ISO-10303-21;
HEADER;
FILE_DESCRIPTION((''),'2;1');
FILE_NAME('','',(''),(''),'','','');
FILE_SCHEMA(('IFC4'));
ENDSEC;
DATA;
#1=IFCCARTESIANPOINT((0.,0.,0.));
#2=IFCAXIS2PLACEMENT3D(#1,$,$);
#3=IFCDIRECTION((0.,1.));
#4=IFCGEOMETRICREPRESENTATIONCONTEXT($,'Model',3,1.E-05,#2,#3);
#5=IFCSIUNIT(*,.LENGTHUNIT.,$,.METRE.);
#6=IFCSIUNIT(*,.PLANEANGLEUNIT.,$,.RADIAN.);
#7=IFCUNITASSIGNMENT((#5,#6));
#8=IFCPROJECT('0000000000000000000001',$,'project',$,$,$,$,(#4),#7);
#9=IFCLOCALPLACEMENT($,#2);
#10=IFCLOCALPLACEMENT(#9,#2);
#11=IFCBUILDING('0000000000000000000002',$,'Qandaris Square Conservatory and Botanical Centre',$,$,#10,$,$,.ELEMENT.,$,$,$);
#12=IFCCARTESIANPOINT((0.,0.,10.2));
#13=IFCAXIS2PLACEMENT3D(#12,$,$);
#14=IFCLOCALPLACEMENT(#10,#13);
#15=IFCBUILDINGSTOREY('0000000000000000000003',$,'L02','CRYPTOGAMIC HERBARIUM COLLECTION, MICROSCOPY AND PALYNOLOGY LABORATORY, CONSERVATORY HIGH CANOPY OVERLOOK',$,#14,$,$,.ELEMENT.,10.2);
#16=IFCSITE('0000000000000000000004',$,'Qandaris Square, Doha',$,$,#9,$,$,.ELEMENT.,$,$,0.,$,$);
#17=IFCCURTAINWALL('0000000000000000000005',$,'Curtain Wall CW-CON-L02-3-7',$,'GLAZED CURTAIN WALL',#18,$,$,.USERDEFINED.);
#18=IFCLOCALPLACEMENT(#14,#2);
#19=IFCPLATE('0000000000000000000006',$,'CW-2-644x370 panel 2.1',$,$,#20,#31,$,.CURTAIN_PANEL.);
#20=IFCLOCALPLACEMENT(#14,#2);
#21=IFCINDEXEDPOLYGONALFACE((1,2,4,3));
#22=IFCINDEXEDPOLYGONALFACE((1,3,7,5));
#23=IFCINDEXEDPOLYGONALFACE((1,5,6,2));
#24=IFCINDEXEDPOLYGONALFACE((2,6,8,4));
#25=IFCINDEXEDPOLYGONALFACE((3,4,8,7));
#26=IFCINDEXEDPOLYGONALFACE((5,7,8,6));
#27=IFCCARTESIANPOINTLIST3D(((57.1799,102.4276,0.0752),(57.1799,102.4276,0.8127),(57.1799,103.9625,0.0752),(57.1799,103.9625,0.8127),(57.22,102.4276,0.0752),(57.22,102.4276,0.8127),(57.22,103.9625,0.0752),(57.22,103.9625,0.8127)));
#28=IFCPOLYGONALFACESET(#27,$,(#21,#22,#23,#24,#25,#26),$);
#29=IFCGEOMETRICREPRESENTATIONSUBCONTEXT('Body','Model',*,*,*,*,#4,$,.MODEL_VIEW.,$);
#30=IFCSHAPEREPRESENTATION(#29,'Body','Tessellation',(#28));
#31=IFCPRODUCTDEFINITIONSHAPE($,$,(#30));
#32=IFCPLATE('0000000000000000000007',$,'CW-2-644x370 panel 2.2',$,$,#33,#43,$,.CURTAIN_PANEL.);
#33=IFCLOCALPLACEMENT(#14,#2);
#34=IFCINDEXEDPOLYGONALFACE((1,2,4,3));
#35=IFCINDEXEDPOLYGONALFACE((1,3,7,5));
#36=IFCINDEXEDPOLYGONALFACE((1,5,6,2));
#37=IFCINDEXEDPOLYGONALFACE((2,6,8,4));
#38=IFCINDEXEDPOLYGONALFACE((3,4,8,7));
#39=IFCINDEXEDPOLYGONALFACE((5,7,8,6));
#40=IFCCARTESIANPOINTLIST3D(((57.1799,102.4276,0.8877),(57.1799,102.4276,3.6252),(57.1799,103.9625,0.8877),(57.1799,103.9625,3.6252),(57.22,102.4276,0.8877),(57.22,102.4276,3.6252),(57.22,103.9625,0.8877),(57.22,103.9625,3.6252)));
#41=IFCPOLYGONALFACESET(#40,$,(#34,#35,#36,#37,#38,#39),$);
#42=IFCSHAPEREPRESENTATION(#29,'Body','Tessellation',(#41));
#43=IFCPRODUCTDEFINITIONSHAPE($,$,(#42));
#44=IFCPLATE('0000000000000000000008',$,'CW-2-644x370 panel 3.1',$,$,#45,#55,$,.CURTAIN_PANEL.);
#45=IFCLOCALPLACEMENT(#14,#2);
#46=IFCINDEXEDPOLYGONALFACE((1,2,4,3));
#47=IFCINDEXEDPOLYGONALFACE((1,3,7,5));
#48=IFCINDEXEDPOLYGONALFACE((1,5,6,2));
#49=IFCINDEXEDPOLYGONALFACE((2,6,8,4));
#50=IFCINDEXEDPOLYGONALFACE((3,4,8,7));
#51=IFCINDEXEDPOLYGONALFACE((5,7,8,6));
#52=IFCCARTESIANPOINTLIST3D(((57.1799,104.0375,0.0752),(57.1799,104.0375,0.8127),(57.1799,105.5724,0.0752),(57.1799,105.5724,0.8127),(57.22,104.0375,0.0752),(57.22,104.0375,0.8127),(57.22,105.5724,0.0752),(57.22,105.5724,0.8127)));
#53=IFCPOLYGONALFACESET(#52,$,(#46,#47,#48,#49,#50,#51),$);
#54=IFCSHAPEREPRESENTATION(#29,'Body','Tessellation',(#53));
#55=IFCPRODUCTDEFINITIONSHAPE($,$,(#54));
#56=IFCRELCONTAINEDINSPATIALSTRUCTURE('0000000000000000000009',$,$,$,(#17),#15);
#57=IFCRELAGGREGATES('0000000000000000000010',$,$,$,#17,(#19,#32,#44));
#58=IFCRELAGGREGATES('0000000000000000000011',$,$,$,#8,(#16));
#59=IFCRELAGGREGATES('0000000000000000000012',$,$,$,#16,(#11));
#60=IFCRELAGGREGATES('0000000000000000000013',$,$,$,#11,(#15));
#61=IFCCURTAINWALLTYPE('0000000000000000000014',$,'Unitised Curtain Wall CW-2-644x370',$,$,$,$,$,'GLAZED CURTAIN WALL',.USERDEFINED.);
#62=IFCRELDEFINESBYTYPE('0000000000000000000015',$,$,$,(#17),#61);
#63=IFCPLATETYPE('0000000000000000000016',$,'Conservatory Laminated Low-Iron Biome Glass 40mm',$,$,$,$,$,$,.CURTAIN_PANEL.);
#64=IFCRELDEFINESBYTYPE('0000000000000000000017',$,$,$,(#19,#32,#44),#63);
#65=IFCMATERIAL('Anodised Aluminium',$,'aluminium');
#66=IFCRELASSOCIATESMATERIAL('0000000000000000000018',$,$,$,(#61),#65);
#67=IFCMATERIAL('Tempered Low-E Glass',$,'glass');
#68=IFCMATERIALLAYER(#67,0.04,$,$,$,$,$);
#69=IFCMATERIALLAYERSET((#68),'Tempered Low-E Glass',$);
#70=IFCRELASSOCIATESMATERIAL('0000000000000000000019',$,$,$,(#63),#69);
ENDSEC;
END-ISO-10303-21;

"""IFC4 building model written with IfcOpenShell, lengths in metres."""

from ifc_helpers import new_model, si_unit, direction, frame, origin, origin_2d, place, context, subcontext, project, spatial, rectangle, extrude, material, layer, layer_set, type_object, element, aggregate, save


model = new_model("IFC4")

# Units and contexts
model_context = context("Model", 3, precision=1e-05, world=origin(), true_north=direction((0.0, 1.0)))
body_context = subcontext(model_context, "Body", "Model", "MODEL_VIEW")
ifc_project = project(units=[si_unit("LENGTHUNIT", "METRE"), si_unit("PLANEANGLEUNIT", "RADIAN")], contexts=[model_context])

# Site, building, storey
site_placement = place(None, origin())
site = spatial("IfcSite", under=ifc_project, at=site_placement, Name="Qandaris Square, Doha", CompositionType="ELEMENT", RefElevation=0.0)
building_placement = place(site_placement, origin())
building = spatial("IfcBuilding", under=site, at=building_placement, Name="Qandaris Square Conservatory and Botanical Centre", CompositionType="ELEMENT")
storey_placement = place(building_placement, frame((0.0, 0.0, 10.2)))
storey = spatial("IfcBuildingStorey", under=building, at=storey_placement, Name="L02", Description="CRYPTOGAMIC HERBARIUM COLLECTION, MICROSCOPY AND PALYNOLOGY LABORATORY, CONSERVATORY HIGH CANOPY OVERLOOK", CompositionType="ELEMENT", Elevation=10.2)

# Curtain wall
ifc_material_1 = material(Name="Anodised Aluminium", Category="aluminium")
curtain_wall_type = type_object("IfcCurtainWallType", Name="Unitised Curtain Wall CW-2-644x370", ElementType="GLAZED CURTAIN WALL", PredefinedType="USERDEFINED", material=ifc_material_1)
curtain_wall_1_placement = place(storey_placement, origin())
curtain_wall_1 = element("IfcCurtainWall", 1, at=curtain_wall_1_placement, inside=storey, type_object=curtain_wall_type, Name="Curtain Wall CW-CON-L02-3-7", ObjectType="GLAZED CURTAIN WALL", PredefinedType="USERDEFINED")

# Plates
ifc_material_2 = material(Name="Tempered Low-E Glass", Category="glass")
ifc_layer = layer(ifc_material_2, 0.04)
ifc_layer_set = layer_set([ifc_layer], Name="Tempered Low-E Glass")
plate_type = type_object("IfcPlateType", Name="Conservatory Laminated Low-Iron Biome Glass 40mm", PredefinedType="CURTAIN_PANEL", material=ifc_layer_set)
plate_1_placement = place(storey_placement, frame((57.2, 103.1951, 0.0752), z_axis=(0.0, 0.0, 1.0), x_axis=(0.0, 1.0, 0.0)))
plate_1 = element("IfcPlate", 2, at=plate_1_placement, type_object=plate_type, Name="CW-2-644x370 panel 2.1", PredefinedType="CURTAIN_PANEL", context=body_context, shape_type="SweptSolid", body=[
    extrude(rectangle(XDim=1.5349, YDim=0.04, at=origin_2d()), origin(), (0.0, 0.0, 1.0), 0.7375),
])
plate_2_placement = place(storey_placement, frame((57.2, 103.1951, 0.8877), z_axis=(0.0, 0.0, 1.0), x_axis=(0.0, 1.0, 0.0)))
plate_2 = element("IfcPlate", 3, at=plate_2_placement, type_object=plate_type, Name="CW-2-644x370 panel 2.2", PredefinedType="CURTAIN_PANEL", context=body_context, shape_type="SweptSolid", body=[
    extrude(rectangle(XDim=1.5349, YDim=0.04, at=origin_2d()), origin(), (0.0, 0.0, 1.0), 2.7375),
])
plate_3_placement = place(storey_placement, frame((57.2, 104.8049, 0.0752), z_axis=(0.0, 0.0, 1.0), x_axis=(0.0, 1.0, 0.0)))
plate_3 = element("IfcPlate", 4, at=plate_3_placement, type_object=plate_type, Name="CW-2-644x370 panel 3.1", PredefinedType="CURTAIN_PANEL", context=body_context, shape_type="SweptSolid", body=[
    extrude(rectangle(XDim=1.5349, YDim=0.04, at=origin_2d()), origin(), (0.0, 0.0, 1.0), 0.7375),
])
aggregate(curtain_wall_1, [plate_1, plate_2, plate_3])

save(model, "model.ifc")
